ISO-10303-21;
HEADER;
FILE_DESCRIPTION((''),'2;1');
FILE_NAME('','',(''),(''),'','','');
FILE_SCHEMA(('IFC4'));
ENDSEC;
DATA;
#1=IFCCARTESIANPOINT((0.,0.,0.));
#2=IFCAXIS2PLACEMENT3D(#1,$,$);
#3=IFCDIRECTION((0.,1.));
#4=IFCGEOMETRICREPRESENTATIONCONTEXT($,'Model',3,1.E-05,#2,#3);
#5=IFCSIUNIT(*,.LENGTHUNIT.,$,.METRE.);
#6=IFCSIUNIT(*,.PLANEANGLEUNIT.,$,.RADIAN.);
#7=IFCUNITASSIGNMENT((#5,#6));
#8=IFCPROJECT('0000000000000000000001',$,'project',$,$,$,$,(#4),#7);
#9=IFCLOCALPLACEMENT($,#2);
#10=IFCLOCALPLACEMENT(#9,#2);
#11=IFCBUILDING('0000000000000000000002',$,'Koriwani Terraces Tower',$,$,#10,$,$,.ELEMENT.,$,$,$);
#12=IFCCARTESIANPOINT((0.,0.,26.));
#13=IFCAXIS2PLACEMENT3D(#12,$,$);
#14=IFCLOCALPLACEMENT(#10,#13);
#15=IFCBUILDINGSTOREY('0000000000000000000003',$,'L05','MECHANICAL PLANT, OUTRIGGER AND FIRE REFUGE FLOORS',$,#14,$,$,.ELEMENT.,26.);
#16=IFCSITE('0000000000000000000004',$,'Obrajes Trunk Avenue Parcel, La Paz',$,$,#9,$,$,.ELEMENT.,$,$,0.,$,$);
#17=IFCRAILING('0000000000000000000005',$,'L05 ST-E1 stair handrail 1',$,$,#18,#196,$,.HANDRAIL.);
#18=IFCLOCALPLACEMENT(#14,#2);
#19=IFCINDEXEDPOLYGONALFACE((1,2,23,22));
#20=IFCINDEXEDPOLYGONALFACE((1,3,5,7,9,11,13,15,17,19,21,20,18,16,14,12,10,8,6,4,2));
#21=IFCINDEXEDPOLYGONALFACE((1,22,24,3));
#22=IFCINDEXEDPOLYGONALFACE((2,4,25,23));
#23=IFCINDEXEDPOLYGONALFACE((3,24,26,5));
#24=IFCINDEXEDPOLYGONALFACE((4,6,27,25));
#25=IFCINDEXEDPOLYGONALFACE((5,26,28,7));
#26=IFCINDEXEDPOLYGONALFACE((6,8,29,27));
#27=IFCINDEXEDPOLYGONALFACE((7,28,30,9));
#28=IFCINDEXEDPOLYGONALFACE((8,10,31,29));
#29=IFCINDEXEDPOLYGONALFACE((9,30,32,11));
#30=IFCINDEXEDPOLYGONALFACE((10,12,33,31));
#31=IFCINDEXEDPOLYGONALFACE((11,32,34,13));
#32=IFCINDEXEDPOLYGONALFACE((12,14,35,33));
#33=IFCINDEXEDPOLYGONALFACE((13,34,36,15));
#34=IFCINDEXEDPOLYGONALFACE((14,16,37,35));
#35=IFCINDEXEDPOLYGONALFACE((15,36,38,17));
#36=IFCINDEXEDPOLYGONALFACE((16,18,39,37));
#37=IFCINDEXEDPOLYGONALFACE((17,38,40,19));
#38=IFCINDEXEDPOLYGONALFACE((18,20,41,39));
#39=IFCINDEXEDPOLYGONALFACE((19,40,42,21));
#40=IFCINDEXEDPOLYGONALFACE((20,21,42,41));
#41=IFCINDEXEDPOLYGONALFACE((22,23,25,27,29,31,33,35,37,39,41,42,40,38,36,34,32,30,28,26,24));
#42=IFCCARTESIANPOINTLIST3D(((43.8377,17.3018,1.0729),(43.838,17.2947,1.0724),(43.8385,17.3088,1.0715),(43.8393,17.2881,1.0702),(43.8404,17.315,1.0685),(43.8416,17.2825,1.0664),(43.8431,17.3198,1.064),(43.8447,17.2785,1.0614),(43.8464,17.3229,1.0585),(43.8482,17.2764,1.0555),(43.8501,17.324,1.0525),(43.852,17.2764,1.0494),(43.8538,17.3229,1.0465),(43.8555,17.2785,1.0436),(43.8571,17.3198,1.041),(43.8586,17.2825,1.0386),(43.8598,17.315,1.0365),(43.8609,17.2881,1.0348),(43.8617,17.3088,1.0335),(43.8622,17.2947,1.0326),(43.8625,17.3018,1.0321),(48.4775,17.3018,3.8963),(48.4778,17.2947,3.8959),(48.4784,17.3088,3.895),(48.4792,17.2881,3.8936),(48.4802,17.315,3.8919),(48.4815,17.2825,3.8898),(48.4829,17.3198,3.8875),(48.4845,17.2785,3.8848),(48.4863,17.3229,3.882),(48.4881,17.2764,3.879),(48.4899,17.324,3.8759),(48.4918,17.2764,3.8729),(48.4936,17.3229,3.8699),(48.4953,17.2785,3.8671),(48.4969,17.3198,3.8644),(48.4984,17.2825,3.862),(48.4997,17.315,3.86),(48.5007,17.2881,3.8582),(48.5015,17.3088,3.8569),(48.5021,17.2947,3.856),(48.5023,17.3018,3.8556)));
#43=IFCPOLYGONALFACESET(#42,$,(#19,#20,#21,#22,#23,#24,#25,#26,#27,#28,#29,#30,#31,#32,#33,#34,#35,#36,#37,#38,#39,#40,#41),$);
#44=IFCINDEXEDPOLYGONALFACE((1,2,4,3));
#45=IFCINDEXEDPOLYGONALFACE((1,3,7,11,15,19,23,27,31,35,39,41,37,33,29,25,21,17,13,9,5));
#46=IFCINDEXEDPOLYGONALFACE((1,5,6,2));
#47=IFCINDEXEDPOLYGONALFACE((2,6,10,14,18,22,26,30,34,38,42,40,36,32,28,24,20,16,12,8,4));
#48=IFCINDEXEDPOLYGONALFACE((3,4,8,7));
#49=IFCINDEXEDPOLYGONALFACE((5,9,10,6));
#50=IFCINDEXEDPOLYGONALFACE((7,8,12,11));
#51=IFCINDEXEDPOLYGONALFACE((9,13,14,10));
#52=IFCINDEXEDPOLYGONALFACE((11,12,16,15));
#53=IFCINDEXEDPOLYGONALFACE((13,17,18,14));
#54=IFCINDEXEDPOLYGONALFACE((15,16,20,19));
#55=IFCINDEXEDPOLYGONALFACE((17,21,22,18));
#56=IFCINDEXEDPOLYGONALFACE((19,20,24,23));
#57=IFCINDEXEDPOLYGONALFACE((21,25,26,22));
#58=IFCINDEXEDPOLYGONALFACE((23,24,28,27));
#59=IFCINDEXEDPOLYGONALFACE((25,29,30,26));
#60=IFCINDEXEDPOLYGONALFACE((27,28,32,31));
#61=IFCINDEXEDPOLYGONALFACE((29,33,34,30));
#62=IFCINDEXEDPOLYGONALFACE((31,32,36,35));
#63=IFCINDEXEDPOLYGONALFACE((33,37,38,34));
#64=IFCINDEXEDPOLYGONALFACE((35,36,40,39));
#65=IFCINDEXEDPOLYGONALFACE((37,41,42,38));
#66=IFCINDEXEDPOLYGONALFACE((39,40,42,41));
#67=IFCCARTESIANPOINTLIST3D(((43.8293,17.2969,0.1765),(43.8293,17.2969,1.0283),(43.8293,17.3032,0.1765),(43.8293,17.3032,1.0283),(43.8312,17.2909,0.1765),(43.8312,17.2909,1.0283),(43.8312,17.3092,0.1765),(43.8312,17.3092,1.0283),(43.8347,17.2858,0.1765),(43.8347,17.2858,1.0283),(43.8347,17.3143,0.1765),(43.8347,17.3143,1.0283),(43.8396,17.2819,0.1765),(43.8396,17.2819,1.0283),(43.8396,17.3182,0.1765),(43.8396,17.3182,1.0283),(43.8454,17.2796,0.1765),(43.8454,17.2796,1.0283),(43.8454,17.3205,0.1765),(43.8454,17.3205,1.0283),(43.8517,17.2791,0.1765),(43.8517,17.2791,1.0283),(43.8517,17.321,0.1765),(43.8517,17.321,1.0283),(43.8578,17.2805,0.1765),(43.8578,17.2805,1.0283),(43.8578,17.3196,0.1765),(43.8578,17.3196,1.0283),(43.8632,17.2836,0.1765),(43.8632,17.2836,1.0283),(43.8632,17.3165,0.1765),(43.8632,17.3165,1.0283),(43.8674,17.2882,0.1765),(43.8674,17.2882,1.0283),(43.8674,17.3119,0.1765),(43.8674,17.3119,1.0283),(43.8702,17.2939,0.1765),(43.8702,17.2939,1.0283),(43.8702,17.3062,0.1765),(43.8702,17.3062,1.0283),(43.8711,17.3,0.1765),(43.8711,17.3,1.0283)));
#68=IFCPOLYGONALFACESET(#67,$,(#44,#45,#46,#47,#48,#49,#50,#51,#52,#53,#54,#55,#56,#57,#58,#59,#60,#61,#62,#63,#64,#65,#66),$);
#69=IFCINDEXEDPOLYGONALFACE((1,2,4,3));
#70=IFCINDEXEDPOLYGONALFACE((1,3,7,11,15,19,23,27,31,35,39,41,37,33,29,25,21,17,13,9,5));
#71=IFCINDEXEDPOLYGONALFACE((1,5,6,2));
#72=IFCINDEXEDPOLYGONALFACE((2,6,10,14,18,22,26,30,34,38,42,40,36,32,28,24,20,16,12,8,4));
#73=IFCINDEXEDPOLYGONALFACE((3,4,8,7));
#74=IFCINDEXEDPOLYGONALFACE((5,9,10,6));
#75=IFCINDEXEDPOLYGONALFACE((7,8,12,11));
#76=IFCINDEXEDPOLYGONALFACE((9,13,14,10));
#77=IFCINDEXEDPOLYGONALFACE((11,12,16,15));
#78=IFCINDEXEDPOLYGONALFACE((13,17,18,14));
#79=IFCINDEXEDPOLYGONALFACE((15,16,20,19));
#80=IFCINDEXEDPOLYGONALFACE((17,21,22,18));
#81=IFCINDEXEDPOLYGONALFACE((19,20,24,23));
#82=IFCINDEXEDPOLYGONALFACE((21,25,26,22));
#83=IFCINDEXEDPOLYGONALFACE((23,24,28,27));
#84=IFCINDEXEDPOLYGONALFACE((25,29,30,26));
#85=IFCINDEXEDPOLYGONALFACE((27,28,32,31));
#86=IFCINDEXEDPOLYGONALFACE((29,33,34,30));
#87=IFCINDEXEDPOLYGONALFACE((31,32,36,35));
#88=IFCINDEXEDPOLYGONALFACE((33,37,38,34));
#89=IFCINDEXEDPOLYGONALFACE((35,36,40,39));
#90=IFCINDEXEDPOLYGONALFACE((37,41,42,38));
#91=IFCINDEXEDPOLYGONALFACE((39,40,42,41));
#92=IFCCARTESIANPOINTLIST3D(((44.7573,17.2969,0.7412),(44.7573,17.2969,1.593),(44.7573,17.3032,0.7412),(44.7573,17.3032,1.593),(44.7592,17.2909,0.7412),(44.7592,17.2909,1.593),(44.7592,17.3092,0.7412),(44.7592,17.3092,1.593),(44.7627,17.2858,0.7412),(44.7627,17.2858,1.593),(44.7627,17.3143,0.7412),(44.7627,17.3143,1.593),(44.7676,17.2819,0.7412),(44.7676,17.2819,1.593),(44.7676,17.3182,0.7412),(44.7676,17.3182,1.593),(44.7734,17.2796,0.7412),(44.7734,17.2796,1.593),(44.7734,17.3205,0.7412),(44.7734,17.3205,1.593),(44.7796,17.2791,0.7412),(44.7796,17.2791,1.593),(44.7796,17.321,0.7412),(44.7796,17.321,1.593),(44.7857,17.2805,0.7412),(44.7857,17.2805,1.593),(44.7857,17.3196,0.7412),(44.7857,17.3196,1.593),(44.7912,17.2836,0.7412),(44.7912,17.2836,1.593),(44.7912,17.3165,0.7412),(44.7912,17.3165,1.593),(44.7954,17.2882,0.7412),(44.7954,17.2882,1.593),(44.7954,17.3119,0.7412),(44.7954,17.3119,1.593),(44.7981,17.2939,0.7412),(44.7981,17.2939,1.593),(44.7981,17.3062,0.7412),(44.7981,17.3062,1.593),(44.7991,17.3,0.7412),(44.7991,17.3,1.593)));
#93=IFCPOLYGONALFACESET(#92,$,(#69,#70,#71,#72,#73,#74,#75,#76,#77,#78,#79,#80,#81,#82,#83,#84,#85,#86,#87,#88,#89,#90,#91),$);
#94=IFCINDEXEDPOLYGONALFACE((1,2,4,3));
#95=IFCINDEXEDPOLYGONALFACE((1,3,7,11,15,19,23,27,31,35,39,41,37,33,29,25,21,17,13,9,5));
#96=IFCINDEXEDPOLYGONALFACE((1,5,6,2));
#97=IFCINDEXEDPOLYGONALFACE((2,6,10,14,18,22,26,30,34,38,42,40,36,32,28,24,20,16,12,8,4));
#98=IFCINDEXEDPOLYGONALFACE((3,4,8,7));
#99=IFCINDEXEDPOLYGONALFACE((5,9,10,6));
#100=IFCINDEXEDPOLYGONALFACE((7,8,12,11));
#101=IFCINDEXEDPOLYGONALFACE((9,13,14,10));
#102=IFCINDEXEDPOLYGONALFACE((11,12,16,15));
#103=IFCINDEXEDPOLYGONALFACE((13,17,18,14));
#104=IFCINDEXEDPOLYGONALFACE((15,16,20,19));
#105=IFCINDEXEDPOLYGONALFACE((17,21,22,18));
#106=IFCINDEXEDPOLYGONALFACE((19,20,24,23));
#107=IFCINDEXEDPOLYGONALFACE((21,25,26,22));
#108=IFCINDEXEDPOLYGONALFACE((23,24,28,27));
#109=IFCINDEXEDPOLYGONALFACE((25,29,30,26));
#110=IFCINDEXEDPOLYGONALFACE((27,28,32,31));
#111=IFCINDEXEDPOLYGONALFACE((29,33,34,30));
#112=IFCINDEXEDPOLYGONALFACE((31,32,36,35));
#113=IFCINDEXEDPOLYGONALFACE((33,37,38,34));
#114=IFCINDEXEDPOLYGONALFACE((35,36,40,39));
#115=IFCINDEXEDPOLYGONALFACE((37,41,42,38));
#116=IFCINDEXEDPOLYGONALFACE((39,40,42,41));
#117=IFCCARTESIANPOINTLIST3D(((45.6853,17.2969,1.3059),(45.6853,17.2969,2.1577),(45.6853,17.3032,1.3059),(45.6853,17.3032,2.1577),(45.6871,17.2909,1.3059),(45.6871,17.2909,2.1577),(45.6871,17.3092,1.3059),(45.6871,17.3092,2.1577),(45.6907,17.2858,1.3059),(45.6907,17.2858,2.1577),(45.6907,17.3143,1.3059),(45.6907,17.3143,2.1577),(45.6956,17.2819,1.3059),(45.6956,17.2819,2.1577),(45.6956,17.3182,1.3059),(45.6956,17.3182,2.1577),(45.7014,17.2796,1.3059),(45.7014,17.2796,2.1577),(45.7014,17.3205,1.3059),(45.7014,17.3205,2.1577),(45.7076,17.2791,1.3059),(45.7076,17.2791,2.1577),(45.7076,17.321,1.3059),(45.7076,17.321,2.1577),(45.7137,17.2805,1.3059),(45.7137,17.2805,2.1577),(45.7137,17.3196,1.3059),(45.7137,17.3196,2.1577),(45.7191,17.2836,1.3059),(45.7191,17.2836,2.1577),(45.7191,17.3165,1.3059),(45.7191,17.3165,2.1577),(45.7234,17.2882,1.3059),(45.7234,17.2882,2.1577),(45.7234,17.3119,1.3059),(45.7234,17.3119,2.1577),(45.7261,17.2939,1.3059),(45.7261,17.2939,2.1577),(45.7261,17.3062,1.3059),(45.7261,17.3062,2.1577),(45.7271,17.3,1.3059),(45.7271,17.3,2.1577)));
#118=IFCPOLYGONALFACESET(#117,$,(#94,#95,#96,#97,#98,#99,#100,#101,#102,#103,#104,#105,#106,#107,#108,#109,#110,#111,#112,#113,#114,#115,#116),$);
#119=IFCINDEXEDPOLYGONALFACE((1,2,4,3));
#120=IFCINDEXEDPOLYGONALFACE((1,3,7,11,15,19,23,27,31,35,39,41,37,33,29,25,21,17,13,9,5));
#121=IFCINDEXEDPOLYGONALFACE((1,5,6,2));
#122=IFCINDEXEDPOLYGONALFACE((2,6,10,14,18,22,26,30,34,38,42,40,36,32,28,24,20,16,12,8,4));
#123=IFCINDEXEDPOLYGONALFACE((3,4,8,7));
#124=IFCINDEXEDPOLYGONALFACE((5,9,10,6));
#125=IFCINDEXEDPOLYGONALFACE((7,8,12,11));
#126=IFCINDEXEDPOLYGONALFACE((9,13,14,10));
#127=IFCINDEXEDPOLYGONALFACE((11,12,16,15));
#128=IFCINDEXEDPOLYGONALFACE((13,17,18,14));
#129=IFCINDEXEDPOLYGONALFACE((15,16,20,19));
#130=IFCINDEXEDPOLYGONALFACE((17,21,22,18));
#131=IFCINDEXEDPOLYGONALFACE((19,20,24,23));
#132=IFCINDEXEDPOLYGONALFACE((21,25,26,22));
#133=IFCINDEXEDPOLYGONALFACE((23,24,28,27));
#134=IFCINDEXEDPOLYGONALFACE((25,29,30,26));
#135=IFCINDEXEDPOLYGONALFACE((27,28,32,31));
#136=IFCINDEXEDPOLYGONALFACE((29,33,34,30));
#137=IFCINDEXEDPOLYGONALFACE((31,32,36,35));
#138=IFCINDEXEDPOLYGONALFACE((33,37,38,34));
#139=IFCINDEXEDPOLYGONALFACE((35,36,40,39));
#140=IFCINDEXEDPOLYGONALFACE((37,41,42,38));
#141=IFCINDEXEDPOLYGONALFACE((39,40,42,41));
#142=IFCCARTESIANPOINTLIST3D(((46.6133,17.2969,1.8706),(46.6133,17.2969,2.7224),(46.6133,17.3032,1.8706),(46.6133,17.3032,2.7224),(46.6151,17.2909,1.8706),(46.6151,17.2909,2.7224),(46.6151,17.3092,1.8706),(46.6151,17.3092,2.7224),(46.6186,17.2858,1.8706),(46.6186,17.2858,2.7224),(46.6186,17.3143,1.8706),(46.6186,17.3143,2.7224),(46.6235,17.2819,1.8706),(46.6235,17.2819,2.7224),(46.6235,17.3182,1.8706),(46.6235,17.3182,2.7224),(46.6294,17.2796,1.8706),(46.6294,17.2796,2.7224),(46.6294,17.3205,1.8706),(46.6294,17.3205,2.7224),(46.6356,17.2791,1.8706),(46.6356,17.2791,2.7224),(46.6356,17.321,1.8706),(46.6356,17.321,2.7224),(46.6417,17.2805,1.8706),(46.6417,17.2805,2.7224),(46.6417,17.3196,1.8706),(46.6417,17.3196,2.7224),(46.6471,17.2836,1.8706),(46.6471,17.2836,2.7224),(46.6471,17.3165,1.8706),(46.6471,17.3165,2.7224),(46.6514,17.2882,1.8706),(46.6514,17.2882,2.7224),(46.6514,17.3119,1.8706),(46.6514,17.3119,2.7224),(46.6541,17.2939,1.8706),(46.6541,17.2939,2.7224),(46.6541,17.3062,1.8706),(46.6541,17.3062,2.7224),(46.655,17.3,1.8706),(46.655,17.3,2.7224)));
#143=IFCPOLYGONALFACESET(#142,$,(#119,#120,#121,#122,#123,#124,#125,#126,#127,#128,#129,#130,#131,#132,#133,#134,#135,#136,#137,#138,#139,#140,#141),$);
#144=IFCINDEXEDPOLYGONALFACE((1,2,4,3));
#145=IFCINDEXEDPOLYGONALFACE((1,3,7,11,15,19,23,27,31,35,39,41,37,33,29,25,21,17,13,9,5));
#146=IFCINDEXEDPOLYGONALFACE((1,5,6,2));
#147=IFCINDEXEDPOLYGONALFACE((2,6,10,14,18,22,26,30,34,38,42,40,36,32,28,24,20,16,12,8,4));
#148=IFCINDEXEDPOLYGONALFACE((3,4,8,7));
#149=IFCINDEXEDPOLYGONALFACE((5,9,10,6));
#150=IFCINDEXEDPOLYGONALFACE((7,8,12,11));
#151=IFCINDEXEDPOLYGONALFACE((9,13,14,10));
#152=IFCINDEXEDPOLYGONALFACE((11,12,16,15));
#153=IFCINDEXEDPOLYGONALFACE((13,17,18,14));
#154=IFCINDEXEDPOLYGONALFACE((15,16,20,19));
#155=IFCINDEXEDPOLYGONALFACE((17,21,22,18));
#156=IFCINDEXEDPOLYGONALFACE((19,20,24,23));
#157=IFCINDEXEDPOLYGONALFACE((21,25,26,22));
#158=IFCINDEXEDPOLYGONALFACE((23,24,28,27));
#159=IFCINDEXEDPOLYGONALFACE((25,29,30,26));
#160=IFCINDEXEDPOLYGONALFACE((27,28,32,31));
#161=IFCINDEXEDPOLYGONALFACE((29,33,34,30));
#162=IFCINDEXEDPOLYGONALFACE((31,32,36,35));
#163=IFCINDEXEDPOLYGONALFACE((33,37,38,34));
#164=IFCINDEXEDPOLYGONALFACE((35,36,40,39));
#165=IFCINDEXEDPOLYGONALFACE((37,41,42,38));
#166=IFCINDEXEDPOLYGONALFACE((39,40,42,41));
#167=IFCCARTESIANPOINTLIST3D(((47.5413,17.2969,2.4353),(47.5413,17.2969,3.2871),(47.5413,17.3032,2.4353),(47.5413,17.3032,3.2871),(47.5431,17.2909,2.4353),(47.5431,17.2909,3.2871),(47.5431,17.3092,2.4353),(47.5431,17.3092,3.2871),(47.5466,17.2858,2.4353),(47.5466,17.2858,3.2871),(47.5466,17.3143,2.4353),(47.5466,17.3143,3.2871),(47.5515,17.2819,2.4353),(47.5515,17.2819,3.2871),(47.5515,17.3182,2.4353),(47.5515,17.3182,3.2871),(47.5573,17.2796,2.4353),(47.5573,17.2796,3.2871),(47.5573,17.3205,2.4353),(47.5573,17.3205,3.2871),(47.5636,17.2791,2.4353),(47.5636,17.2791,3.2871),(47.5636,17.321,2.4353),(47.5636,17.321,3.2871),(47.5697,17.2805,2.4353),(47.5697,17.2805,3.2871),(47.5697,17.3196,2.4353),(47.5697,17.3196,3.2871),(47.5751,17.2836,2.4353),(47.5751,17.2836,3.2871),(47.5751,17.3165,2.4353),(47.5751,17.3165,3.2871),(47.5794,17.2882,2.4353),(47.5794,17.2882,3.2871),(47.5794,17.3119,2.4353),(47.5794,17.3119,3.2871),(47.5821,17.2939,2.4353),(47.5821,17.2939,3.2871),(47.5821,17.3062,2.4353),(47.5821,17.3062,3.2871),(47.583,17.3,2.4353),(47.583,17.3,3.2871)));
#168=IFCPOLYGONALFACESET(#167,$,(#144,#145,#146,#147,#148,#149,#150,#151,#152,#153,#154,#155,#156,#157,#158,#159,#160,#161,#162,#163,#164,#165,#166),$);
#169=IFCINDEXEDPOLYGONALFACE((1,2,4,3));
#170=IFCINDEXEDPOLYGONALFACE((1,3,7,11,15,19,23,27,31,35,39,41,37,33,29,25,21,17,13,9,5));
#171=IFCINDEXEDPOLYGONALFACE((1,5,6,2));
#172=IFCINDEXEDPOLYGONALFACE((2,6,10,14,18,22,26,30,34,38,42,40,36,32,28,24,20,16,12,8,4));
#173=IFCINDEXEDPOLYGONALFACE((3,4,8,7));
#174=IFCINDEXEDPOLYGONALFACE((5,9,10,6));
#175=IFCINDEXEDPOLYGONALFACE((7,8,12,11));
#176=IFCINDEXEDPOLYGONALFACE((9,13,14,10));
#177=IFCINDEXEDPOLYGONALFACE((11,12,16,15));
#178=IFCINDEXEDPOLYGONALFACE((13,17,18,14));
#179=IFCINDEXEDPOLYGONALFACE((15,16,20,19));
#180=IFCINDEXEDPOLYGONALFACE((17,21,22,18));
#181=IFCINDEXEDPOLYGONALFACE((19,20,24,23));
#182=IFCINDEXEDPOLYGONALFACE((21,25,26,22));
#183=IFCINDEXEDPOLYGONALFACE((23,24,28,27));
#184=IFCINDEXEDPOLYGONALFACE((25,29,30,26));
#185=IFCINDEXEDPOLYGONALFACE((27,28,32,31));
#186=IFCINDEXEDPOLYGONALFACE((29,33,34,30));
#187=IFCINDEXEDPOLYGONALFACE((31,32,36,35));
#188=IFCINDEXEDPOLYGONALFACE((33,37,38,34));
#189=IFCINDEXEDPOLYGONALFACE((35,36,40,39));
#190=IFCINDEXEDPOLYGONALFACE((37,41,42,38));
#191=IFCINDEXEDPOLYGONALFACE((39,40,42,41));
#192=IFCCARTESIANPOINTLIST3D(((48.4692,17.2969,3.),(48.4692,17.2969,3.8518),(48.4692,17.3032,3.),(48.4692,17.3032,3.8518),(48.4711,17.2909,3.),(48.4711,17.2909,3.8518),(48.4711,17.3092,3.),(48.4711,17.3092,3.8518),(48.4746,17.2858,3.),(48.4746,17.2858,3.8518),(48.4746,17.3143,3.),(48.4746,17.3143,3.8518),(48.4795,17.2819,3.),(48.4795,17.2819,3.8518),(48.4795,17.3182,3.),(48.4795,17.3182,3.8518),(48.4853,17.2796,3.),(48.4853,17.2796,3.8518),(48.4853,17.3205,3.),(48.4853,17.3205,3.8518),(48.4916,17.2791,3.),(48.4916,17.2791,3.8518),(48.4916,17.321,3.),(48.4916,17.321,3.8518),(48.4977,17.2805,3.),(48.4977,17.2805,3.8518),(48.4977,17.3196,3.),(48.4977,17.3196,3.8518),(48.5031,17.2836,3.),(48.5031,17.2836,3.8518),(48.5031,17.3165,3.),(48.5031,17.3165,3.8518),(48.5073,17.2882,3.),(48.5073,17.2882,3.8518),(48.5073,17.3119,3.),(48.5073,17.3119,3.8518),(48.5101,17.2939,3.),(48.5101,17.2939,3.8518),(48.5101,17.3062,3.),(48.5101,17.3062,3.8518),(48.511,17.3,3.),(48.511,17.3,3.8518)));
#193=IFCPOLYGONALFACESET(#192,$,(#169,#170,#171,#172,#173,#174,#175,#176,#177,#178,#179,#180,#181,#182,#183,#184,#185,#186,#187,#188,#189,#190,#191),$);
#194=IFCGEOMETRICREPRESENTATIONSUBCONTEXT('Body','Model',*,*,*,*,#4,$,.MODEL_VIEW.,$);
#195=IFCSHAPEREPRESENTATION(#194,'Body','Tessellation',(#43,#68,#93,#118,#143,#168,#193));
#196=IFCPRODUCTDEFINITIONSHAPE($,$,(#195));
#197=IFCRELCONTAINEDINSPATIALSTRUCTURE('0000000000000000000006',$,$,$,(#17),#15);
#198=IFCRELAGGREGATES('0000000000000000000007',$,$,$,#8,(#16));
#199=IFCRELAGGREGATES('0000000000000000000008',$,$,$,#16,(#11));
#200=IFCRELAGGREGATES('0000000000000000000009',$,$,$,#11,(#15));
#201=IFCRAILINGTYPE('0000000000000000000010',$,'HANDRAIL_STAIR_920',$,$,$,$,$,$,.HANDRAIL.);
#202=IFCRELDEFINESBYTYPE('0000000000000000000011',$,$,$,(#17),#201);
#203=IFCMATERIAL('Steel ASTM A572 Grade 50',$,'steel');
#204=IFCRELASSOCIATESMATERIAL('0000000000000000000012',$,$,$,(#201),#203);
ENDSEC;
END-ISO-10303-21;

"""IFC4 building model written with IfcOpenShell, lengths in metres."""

from ifc_helpers import new_model, si_unit, direction, frame, origin, origin_2d, place, context, subcontext, project, spatial, circle, extrude, material, type_object, element, save


model = new_model("IFC4")

# Units and contexts
model_context = context("Model", 3, precision=1e-05, world=origin(), true_north=direction((0.0, 1.0)))
body_context = subcontext(model_context, "Body", "Model", "MODEL_VIEW")
ifc_project = project(units=[si_unit("LENGTHUNIT", "METRE"), si_unit("PLANEANGLEUNIT", "RADIAN")], contexts=[model_context])

# Site, building, storey
site_placement = place(None, origin())
site = spatial("IfcSite", under=ifc_project, at=site_placement, Name="Obrajes Trunk Avenue Parcel, La Paz", CompositionType="ELEMENT", RefElevation=0.0)
building_placement = place(site_placement, origin())
building = spatial("IfcBuilding", under=site, at=building_placement, Name="Koriwani Terraces Tower", CompositionType="ELEMENT")
storey_placement = place(building_placement, frame((0.0, 0.0, 26.0)))
storey = spatial("IfcBuildingStorey", under=building, at=storey_placement, Name="L05", Description="MECHANICAL PLANT, OUTRIGGER AND FIRE REFUGE FLOORS", CompositionType="ELEMENT", Elevation=26.0)

# Shared definitions
ifc_material_1 = material(Name="Steel ASTM A572 Grade 50", Category="steel")

# Railing
railing_type_1 = type_object("IfcRailingType", Name="HANDRAIL_STAIR_920", PredefinedType="HANDRAIL", material=ifc_material_1)
for number, where, name in (
    (1, (43.8501, 17.3, 0.1765), "L05 ST-E1 stair handrail 1"),
):
    element("IfcRailing", number, at=place(storey_placement, frame(where)), inside=storey, type_object=railing_type_1, Name=name, PredefinedType="HANDRAIL", context=body_context, shape_type="SweptSolid", body=[
        extrude(circle(Radius=0.0239, at=origin_2d()), frame((0.0, 0.0, 0.876), z_axis=(0.854264, 0.0, 0.51984), x_axis=(0.0, 1.0, 0.0)), (0.0, 0.0, 1.0), 5.4314),
        extrude(circle(Radius=0.021, at=origin_2d()), origin(), (0.0, 0.0, 1.0), 0.8518),
        extrude(circle(Radius=0.021, at=origin_2d()), frame((0.928, 0.0, 0.5647)), (0.0, 0.0, 1.0), 0.8518),
        extrude(circle(Radius=0.021, at=origin_2d()), frame((1.856, 0.0, 1.1294)), (0.0, 0.0, 1.0), 0.8518),
        extrude(circle(Radius=0.021, at=origin_2d()), frame((2.7839, 0.0, 1.6941)), (0.0, 0.0, 1.0), 0.8518),
        extrude(circle(Radius=0.021, at=origin_2d()), frame((3.7119, 0.0, 2.2588)), (0.0, 0.0, 1.0), 0.8518),
        extrude(circle(Radius=0.021, at=origin_2d()), frame((4.6399, 0.0, 2.8235)), (0.0, 0.0, 1.0), 0.8518),
    ])

save(model, "model.ifc")
